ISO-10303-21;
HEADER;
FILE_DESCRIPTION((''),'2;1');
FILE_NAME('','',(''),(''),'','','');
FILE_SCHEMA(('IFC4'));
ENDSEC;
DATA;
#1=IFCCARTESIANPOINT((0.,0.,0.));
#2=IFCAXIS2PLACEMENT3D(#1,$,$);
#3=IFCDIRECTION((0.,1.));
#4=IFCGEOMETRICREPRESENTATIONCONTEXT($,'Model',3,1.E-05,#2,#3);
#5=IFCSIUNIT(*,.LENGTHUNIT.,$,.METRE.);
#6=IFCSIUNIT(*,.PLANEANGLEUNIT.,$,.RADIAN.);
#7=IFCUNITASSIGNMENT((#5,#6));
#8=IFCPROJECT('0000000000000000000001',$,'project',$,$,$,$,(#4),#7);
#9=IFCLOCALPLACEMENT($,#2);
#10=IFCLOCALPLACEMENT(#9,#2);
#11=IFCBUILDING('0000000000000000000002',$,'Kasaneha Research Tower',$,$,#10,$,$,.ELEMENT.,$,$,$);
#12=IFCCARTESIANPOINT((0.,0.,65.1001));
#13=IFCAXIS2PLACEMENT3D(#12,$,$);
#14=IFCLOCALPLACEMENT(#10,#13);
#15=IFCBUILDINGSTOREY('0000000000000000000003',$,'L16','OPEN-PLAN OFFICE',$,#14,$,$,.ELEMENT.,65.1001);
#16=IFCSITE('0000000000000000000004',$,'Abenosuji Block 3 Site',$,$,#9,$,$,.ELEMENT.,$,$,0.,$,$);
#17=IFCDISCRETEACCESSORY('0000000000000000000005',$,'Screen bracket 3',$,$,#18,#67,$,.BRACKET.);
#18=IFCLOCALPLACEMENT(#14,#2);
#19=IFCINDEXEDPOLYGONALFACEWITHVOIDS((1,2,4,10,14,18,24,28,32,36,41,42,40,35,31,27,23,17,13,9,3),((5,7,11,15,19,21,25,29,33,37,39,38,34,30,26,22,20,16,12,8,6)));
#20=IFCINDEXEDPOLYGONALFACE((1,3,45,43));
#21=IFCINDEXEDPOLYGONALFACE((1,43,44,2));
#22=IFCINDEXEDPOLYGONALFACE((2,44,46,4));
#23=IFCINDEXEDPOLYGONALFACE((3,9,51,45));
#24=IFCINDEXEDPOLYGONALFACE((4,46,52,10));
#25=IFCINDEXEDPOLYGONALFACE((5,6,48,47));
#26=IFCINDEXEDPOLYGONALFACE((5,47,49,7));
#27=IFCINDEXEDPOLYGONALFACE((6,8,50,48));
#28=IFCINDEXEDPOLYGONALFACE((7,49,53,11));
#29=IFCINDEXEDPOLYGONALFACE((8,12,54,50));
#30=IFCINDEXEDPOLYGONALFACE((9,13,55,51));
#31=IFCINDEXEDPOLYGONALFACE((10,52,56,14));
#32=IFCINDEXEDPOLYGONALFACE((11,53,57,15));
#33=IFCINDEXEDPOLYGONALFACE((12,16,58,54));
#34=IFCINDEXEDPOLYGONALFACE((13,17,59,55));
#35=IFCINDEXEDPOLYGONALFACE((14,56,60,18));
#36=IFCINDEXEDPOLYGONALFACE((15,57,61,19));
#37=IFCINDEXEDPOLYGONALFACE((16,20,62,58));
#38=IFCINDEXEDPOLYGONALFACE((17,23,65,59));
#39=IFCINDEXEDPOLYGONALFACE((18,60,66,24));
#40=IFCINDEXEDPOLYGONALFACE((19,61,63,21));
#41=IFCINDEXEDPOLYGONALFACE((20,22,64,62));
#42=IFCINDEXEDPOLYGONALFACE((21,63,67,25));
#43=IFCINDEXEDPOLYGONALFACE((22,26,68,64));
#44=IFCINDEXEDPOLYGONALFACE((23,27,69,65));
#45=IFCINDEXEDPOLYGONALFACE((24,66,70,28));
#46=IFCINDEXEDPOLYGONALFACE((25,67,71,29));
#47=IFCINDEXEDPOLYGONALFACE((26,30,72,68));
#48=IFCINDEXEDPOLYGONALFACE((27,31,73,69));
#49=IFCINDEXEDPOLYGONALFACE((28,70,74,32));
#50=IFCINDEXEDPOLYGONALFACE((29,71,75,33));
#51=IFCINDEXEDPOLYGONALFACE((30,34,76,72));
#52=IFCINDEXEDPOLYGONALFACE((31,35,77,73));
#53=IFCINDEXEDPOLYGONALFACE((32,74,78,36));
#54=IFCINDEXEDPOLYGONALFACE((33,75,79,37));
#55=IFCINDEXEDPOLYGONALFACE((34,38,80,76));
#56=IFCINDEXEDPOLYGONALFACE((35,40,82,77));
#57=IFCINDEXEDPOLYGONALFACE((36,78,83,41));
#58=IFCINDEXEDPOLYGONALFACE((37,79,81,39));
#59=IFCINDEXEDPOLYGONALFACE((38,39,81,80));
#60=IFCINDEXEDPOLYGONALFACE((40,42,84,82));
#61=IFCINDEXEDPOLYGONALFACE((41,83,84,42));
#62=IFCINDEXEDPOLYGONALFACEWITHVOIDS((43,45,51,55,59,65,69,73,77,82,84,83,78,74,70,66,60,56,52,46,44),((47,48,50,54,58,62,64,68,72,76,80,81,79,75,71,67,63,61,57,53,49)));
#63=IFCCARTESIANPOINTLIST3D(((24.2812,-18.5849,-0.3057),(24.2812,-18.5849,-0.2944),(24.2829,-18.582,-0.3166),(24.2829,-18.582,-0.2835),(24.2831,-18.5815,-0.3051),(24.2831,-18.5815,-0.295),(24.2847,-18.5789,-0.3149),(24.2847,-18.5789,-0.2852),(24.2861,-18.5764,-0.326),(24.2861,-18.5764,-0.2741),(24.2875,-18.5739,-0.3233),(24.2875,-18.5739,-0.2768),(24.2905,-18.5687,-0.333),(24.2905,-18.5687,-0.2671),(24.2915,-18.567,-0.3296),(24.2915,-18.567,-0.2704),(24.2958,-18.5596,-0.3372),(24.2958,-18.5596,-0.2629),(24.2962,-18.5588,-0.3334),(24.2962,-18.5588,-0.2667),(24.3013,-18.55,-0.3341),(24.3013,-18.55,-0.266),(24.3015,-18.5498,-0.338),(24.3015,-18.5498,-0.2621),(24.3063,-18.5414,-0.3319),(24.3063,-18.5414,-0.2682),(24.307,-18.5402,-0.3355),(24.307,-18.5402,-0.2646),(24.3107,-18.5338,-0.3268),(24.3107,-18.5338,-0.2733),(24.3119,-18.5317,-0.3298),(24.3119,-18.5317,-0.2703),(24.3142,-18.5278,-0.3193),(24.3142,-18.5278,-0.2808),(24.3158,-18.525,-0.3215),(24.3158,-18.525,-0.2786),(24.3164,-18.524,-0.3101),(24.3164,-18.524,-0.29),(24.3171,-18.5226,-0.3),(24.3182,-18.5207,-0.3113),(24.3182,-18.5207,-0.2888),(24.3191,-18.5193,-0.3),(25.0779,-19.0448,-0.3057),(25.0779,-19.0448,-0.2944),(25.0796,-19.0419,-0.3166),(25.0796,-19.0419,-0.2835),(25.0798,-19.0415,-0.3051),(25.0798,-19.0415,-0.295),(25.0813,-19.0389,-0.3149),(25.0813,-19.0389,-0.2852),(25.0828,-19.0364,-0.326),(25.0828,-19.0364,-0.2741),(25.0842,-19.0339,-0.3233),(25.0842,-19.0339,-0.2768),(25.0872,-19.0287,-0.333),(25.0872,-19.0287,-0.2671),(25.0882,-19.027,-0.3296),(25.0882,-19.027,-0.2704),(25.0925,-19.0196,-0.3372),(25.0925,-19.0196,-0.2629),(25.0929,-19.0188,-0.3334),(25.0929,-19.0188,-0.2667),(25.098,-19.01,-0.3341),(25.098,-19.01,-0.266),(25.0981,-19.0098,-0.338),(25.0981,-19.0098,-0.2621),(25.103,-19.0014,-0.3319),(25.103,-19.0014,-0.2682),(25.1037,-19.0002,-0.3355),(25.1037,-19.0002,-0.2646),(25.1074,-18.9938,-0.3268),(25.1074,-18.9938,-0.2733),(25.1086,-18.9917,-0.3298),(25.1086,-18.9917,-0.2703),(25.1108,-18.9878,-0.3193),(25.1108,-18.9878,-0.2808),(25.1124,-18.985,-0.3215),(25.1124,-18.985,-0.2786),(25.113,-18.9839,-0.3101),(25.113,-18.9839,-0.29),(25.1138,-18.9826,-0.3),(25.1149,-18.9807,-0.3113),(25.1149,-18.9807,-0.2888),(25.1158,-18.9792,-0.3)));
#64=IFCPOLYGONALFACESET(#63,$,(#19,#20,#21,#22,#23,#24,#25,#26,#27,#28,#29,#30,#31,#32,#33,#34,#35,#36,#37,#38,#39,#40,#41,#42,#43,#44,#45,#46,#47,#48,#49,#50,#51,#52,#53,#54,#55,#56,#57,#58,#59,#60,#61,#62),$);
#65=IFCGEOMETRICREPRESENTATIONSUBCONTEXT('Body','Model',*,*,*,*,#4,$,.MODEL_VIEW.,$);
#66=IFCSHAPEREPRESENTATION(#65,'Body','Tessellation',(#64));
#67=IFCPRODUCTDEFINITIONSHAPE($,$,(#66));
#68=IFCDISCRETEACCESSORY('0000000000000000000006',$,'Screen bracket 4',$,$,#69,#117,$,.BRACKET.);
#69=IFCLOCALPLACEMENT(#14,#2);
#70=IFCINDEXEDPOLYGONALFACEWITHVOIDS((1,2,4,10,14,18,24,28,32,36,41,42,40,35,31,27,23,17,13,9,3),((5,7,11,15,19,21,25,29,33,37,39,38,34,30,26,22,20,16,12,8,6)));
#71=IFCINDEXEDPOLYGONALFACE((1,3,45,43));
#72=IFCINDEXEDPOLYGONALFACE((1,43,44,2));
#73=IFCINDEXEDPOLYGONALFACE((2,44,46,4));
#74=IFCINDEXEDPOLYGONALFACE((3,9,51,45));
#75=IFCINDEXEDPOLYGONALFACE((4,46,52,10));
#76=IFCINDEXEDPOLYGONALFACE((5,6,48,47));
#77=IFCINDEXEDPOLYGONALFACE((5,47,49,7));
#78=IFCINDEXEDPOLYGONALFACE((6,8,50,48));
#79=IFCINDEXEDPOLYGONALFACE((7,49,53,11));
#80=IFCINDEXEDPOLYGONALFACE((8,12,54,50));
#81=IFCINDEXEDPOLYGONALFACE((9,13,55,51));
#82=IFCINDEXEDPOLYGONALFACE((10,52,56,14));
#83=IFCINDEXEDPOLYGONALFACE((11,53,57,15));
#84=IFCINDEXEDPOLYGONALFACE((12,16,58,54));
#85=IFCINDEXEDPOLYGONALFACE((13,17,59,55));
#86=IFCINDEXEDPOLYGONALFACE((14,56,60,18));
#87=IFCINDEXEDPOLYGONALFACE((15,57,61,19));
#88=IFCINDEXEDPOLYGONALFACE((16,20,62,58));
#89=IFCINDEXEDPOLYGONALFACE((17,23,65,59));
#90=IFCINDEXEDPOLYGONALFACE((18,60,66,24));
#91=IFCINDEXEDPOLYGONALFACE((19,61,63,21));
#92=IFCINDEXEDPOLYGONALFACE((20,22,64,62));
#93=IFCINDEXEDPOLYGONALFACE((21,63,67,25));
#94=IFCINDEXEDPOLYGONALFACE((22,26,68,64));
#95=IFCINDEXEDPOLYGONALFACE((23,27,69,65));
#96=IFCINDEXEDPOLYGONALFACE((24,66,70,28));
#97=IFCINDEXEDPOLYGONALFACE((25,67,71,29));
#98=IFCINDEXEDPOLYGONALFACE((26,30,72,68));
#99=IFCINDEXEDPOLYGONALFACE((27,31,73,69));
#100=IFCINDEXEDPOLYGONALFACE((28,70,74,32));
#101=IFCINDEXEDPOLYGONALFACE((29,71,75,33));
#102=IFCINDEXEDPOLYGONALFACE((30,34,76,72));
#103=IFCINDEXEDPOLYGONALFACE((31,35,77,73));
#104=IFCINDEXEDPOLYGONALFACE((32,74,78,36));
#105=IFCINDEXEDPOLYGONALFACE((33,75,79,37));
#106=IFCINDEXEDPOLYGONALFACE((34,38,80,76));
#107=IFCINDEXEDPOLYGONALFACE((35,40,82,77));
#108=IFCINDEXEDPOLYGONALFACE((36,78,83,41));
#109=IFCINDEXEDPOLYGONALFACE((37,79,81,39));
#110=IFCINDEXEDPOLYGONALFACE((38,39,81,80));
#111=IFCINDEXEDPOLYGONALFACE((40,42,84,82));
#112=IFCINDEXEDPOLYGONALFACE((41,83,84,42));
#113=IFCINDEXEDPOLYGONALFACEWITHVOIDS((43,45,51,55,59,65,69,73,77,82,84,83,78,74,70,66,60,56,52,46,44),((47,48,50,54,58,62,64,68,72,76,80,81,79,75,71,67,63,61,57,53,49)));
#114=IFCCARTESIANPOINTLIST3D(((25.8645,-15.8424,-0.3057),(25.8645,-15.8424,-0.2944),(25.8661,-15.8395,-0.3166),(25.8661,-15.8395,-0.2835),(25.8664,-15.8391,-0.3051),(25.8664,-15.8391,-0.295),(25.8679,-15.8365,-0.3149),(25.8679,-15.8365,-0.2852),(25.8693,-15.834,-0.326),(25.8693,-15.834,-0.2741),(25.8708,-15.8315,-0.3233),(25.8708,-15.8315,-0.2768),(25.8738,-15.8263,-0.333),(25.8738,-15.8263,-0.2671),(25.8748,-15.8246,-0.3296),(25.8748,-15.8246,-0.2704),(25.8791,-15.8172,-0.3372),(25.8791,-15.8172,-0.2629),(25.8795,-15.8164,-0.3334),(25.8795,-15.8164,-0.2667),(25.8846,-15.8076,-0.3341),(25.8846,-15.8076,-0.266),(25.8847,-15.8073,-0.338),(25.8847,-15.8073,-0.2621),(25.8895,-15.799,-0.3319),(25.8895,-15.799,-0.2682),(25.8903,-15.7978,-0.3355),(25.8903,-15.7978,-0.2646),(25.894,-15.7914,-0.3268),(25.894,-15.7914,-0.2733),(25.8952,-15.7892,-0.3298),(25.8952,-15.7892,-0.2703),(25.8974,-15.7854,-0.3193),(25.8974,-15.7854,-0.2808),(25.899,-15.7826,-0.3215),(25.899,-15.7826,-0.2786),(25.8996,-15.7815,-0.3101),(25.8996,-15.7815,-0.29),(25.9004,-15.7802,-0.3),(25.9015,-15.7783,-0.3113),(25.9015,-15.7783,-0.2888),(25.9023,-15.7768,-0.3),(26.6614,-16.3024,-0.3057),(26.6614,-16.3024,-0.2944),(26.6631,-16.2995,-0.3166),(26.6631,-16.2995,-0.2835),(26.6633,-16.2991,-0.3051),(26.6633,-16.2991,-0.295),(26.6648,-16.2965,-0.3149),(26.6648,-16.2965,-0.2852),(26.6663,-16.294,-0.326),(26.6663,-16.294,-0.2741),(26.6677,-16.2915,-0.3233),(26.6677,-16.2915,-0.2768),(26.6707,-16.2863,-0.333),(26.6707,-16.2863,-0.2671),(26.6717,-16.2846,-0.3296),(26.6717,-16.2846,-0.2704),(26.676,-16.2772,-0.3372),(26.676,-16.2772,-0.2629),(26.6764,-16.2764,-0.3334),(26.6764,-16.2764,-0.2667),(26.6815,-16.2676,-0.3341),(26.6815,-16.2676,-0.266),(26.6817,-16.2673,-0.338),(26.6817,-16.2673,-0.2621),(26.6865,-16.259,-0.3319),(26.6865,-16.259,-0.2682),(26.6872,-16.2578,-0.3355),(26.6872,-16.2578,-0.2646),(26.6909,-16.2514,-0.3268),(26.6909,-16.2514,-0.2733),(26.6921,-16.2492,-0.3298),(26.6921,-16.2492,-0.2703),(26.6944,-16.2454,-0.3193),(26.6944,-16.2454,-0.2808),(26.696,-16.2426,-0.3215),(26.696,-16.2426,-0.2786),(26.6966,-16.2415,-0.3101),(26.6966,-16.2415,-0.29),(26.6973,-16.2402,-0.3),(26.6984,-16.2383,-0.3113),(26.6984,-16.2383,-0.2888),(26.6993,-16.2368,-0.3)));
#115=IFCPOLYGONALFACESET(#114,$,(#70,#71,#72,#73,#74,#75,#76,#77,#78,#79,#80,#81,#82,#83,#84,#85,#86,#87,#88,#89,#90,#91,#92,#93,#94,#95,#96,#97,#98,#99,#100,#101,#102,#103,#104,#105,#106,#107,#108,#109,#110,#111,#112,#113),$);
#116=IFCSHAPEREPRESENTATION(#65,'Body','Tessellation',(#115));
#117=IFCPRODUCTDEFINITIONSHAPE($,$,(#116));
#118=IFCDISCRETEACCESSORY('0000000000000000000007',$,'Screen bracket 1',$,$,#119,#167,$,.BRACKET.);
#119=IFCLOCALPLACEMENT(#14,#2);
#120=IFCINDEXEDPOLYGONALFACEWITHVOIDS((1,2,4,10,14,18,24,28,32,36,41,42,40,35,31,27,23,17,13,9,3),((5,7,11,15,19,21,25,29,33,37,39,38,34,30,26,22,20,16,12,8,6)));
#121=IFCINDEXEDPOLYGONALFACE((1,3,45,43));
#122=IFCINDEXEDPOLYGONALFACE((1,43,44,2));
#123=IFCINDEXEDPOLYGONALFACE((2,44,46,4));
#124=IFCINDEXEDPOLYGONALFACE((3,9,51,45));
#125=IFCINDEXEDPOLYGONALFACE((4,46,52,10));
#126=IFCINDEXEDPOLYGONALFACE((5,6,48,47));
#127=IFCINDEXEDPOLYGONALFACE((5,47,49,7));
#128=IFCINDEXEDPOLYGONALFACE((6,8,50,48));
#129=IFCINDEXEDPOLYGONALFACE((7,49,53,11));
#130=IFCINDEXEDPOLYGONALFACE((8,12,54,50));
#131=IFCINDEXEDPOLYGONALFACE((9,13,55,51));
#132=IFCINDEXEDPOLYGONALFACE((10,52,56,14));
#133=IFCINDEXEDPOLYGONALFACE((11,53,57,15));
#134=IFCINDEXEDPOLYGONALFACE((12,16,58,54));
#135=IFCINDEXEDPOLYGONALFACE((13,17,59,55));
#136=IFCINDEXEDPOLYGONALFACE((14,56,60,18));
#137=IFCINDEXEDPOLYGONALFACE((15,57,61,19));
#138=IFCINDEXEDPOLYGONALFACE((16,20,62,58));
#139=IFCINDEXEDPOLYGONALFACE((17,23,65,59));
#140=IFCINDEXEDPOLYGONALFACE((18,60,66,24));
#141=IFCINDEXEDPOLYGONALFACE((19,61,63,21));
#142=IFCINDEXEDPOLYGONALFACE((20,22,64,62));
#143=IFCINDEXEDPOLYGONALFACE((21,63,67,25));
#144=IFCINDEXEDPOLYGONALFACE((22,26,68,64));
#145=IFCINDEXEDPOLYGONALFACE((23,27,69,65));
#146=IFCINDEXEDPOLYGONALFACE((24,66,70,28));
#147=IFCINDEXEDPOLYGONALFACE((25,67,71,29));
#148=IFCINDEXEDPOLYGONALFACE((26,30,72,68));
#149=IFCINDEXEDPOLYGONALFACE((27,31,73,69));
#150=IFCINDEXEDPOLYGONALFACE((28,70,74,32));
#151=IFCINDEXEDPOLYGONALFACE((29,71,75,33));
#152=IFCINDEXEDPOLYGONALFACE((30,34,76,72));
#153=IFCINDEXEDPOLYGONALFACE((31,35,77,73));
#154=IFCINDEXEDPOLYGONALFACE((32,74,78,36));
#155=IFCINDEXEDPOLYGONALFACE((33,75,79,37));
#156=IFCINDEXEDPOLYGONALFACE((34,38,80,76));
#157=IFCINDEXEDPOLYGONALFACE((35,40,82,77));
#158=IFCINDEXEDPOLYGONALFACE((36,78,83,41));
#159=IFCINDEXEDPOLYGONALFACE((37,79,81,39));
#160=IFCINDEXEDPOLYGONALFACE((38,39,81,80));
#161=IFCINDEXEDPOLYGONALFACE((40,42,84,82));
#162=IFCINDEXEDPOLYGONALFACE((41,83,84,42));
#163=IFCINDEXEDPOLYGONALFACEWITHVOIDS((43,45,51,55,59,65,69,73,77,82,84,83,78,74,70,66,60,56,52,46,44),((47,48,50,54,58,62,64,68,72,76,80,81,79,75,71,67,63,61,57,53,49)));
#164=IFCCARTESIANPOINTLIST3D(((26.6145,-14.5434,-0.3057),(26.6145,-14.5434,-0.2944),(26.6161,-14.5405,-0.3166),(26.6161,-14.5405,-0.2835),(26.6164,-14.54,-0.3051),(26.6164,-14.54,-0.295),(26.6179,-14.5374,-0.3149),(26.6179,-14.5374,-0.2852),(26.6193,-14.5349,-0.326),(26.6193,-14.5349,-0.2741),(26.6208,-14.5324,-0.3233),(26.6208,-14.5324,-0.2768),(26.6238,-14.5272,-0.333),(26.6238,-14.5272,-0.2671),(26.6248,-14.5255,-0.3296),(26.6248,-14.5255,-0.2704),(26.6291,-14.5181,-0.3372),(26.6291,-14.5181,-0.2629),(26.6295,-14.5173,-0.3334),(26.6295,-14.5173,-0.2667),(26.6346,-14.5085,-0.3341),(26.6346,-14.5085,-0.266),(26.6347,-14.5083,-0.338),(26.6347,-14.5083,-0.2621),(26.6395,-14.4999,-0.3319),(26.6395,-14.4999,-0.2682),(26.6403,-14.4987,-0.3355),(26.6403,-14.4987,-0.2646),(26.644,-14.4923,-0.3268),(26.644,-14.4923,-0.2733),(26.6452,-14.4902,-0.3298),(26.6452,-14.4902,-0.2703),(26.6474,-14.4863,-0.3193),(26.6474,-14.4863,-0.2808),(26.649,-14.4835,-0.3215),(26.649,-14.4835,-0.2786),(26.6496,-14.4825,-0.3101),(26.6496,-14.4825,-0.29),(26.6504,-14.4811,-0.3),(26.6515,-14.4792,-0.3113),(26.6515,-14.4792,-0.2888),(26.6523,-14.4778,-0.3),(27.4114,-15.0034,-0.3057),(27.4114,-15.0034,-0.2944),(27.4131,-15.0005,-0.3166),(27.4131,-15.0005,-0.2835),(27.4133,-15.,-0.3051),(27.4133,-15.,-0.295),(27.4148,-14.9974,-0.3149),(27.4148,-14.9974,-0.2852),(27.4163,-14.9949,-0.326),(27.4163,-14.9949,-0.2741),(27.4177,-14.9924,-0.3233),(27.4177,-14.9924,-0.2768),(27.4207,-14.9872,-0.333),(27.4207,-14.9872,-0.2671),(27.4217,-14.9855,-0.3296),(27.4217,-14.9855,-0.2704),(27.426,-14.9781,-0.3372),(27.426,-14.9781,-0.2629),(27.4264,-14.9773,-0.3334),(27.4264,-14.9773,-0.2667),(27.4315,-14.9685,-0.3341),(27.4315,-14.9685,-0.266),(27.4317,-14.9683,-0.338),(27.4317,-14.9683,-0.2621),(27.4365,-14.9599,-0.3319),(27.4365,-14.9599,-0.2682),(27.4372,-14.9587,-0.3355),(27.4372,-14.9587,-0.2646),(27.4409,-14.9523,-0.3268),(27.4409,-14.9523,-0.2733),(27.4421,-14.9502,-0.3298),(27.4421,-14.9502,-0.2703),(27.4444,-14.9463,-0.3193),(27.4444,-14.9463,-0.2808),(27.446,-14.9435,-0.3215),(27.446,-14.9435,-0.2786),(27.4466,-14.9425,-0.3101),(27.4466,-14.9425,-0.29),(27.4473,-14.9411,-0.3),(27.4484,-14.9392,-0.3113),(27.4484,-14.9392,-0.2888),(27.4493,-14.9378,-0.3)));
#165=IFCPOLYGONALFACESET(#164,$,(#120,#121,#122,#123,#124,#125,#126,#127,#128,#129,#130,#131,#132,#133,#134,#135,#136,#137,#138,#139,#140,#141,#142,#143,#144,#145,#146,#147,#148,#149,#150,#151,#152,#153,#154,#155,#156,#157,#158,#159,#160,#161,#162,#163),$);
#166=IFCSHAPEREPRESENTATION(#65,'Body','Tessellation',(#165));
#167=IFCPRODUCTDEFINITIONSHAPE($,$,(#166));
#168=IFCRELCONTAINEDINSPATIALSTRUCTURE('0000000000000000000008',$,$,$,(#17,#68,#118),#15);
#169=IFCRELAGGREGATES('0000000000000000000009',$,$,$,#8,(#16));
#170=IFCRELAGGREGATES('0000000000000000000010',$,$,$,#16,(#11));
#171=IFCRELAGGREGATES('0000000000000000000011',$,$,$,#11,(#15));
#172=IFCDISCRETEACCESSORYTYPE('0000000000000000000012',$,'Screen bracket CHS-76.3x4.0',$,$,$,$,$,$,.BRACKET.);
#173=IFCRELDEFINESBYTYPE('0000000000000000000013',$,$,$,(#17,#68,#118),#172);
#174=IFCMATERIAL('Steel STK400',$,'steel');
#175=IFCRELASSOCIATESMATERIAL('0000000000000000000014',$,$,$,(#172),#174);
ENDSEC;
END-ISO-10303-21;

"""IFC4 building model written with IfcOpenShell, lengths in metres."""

from ifc_helpers import new_model, si_unit, direction, frame, origin, origin_2d, place, context, subcontext, project, spatial, hollow_circle, extrude, material, material_profile, profile_set, type_object, element, save


model = new_model("IFC4")

# Units and contexts
model_context = context("Model", 3, precision=1e-05, world=origin(), true_north=direction((0.0, 1.0)))
body_context = subcontext(model_context, "Body", "Model", "MODEL_VIEW")
ifc_project = project(units=[si_unit("LENGTHUNIT", "METRE"), si_unit("PLANEANGLEUNIT", "RADIAN")], contexts=[model_context])

# Site, building, storey
site_placement = place(None, origin())
site = spatial("IfcSite", under=ifc_project, at=site_placement, Name="Abenosuji Block 3 Site", CompositionType="ELEMENT", RefElevation=0.0)
building_placement = place(site_placement, origin())
building = spatial("IfcBuilding", under=site, at=building_placement, Name="Kasaneha Research Tower", CompositionType="ELEMENT")
storey_placement = place(building_placement, frame((0.0, 0.0, 65.1001)))
storey = spatial("IfcBuildingStorey", under=building, at=storey_placement, Name="L16", Description="OPEN-PLAN OFFICE", CompositionType="ELEMENT", Elevation=65.1001)

# Discrete accessories
ifc_material_1 = material(Name="Steel STK400", Category="steel")
ifc_material_profile_1 = material_profile(ifc_material_1, hollow_circle(Radius=0.0381, WallThickness=0.0039, at=origin_2d()), Name="CHS-76.3x4.0")
ifc_profile_set_1 = profile_set([ifc_material_profile_1], Name="Steel STK400")
discrete_accessory_type = type_object("IfcDiscreteAccessoryType", Name="Screen bracket CHS-76.3x4.0", PredefinedType="BRACKET", material=ifc_profile_set_1)
discrete_accessory_1_placement = place(storey_placement, frame((24.3, -18.5522, -0.3), z_axis=(0.866013, -0.500021, 0.0), x_axis=(0.500021, 0.866013, 0.0)))
element("IfcDiscreteAccessory", 1, at=discrete_accessory_1_placement, inside=storey, type_object=discrete_accessory_type, Name="Screen bracket 3", PredefinedType="BRACKET", context=body_context, shape_type="SweptSolid", body=[
    extrude(hollow_circle(Radius=0.0381, WallThickness=0.0039, at=origin_2d()), origin(), (0.0, 0.0, 1.0), 0.9199),
])
for number, where, z_axis, x_axis, name in (
    (2, (25.8833, -15.8098, -0.3), (0.86608, -0.499906, 0.0), (0.499906, 0.86608, 0.0), "Screen bracket 4"),
    (3, (26.6333, -14.5107, -0.3), (0.86608, -0.499906, 0.0), (0.499906, 0.86608, 0.0), "Screen bracket 1"),
):
    element("IfcDiscreteAccessory", number, at=place(storey_placement, frame(where, z_axis=z_axis, x_axis=x_axis)), inside=storey, type_object=discrete_accessory_type, Name=name, PredefinedType="BRACKET", context=body_context, shape_type="SweptSolid", body=[
        extrude(hollow_circle(Radius=0.0381, WallThickness=0.0039, at=origin_2d()), origin(), (0.0, 0.0, 1.0), 0.9202),
    ])

save(model, "model.ifc")
